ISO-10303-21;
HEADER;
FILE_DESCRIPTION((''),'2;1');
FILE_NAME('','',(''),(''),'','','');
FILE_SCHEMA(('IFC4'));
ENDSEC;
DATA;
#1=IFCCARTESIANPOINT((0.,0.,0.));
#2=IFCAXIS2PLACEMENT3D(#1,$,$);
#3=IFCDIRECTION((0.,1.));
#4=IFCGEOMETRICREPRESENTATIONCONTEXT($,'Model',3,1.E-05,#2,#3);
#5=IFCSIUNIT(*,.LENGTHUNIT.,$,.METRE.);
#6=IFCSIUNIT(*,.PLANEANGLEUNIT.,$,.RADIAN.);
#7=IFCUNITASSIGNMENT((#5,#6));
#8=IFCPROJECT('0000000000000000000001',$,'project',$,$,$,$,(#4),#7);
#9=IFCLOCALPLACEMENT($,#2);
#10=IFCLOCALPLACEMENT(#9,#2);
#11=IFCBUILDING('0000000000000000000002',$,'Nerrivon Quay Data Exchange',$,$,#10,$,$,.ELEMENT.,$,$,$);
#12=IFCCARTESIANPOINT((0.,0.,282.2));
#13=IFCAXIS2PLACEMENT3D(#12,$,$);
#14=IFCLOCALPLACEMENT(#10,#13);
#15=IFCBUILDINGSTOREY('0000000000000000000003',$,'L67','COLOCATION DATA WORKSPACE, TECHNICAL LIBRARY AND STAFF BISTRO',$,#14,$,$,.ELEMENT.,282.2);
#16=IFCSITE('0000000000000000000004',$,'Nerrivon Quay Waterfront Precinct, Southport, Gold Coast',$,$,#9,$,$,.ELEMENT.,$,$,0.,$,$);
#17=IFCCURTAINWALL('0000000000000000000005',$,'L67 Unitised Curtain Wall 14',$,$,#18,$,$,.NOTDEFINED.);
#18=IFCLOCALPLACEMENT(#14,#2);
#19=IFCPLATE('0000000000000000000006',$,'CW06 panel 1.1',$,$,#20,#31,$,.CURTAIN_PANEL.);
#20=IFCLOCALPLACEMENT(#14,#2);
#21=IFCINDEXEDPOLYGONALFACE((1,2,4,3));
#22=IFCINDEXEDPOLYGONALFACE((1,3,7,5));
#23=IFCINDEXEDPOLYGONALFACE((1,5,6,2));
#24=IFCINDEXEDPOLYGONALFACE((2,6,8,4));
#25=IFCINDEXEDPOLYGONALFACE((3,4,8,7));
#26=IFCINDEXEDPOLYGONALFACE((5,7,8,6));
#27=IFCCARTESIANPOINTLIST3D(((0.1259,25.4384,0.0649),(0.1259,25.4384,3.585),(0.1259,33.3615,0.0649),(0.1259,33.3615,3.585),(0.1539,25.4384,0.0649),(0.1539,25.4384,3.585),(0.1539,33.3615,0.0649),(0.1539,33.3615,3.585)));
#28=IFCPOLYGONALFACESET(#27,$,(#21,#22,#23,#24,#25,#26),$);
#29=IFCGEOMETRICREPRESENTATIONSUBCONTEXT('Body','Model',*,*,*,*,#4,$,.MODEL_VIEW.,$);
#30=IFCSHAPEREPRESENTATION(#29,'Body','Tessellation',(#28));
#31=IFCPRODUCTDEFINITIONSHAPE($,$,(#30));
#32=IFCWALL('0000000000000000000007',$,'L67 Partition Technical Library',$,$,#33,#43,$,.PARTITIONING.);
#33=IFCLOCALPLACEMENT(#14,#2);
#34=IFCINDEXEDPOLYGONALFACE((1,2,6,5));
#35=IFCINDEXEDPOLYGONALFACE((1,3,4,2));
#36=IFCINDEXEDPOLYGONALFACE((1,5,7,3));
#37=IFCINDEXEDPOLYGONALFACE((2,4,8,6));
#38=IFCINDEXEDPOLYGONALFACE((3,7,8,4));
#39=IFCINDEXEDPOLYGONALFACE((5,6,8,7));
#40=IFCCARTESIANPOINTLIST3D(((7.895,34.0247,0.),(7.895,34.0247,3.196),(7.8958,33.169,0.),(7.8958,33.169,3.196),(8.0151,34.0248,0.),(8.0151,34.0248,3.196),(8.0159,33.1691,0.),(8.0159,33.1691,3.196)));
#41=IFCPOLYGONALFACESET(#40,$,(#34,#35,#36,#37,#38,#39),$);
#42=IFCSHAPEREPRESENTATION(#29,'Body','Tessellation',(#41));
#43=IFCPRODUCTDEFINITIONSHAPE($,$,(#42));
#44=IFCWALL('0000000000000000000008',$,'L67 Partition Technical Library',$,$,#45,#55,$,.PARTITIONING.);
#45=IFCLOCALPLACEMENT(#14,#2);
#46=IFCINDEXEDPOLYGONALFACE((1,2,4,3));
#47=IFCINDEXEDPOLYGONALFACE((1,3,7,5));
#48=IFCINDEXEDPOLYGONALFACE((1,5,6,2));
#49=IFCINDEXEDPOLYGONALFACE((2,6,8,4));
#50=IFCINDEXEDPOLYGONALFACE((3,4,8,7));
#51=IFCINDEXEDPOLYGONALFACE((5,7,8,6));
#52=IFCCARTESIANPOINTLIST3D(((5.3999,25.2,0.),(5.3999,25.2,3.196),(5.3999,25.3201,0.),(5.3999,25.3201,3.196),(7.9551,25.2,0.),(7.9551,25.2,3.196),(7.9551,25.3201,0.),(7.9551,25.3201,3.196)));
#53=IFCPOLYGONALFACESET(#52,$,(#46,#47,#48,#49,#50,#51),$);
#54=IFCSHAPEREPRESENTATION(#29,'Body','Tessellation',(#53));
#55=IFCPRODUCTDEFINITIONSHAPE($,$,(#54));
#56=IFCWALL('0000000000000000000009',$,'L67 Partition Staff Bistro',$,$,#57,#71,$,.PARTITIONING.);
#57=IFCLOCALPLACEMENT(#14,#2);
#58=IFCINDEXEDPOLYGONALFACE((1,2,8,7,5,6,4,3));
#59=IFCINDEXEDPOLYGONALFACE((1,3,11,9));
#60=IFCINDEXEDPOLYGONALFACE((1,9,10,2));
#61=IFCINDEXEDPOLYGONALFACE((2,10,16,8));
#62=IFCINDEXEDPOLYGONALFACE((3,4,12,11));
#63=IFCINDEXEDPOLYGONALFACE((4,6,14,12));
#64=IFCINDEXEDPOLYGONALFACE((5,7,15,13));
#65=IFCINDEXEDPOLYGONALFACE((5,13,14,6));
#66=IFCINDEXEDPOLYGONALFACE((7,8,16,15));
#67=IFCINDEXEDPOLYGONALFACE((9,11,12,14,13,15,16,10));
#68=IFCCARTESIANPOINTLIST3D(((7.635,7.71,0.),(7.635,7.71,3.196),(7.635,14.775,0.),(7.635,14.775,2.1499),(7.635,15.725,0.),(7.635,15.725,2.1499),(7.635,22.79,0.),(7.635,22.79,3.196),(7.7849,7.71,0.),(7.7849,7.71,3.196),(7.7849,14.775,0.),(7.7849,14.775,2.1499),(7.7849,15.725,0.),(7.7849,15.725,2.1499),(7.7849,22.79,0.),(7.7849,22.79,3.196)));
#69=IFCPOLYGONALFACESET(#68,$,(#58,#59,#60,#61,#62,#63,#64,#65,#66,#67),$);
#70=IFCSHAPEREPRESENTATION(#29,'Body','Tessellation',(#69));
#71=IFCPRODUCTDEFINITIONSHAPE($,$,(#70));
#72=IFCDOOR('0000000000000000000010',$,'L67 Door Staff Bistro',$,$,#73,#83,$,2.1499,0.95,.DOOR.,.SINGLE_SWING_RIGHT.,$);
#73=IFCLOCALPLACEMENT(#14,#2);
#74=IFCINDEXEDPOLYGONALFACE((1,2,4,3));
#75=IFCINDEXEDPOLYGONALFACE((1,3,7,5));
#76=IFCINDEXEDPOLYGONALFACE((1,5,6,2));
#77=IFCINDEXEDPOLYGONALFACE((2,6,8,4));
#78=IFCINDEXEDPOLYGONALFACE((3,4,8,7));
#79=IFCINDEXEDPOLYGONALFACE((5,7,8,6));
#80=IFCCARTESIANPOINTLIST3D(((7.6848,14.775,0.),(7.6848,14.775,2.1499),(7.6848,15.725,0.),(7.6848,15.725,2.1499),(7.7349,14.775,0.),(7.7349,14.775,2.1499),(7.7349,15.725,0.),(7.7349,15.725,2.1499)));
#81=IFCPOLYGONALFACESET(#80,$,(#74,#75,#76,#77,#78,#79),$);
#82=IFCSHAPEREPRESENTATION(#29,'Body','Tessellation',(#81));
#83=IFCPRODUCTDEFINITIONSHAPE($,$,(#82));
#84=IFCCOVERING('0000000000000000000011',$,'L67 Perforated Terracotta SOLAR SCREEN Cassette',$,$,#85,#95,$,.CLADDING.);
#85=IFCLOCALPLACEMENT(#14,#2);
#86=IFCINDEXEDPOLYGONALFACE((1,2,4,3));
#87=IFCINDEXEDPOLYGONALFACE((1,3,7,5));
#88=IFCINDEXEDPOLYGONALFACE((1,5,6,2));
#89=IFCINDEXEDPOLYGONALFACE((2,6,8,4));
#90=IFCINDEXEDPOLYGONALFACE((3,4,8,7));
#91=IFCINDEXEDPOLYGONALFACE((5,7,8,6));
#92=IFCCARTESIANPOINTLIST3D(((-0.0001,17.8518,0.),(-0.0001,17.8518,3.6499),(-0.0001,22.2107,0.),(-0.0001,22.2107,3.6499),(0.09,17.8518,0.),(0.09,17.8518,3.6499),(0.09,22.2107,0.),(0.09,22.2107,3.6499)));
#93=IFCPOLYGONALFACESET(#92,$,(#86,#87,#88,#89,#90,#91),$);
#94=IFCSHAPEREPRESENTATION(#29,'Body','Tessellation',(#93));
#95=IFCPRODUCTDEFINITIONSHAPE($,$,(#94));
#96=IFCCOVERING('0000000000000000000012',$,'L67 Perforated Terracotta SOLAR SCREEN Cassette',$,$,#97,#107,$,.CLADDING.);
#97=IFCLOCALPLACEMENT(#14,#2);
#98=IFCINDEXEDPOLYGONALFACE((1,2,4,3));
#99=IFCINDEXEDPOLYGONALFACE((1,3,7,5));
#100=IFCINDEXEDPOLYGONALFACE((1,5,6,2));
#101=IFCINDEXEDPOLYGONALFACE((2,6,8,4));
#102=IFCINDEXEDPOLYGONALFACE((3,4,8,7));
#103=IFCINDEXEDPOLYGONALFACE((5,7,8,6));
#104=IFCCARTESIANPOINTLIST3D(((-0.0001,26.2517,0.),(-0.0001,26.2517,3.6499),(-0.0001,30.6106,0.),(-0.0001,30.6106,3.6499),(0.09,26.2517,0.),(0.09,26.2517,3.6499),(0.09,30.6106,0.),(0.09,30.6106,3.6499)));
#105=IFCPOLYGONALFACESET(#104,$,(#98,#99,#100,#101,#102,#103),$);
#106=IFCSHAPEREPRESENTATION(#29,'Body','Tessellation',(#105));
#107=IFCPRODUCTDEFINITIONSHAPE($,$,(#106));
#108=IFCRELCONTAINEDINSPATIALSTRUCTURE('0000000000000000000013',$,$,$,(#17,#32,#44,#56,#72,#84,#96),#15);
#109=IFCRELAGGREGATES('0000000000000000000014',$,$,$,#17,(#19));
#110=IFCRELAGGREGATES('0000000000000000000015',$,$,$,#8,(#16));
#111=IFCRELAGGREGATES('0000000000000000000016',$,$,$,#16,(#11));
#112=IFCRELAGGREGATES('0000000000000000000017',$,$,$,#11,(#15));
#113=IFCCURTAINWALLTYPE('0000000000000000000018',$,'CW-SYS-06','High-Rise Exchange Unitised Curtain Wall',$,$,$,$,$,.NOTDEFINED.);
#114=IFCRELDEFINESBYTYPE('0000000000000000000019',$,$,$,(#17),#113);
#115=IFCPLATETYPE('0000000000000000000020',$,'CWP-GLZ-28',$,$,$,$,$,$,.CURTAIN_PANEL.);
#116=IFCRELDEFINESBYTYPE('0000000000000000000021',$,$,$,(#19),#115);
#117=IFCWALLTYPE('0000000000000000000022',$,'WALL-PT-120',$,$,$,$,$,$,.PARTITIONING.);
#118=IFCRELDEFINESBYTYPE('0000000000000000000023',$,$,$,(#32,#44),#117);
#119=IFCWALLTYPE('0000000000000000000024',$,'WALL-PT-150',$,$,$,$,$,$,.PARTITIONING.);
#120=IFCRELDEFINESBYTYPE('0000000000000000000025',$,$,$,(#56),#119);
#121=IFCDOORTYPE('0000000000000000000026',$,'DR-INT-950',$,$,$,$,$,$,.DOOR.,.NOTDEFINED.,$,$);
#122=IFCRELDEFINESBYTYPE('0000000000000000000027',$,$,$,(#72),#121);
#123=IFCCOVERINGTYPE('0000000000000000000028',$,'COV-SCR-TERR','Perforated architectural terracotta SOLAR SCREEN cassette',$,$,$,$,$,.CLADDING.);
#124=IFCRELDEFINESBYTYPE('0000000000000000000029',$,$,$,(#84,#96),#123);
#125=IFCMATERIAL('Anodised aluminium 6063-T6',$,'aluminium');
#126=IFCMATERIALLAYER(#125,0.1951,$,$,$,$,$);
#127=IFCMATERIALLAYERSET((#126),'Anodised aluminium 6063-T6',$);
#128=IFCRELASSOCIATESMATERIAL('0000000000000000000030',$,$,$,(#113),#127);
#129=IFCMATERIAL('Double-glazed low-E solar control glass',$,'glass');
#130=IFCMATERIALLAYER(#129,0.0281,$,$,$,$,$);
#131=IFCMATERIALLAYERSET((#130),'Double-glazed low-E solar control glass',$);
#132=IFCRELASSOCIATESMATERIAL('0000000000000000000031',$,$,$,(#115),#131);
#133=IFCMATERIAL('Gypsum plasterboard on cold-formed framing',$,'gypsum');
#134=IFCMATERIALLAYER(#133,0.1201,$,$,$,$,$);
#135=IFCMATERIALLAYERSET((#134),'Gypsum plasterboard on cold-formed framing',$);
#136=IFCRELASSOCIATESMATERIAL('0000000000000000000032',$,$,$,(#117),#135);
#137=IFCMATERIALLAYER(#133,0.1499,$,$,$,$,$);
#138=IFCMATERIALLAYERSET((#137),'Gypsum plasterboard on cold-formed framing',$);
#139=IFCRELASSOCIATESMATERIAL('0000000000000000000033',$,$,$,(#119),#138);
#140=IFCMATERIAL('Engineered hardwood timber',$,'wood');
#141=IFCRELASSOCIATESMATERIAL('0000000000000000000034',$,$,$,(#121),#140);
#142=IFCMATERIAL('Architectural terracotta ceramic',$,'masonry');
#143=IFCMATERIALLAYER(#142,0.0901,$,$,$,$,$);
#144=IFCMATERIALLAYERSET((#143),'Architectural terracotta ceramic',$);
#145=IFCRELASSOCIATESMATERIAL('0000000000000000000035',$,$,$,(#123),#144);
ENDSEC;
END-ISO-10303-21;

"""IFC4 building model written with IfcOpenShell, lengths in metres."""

from ifc_helpers import new_model, si_unit, direction, frame, frame_2d, origin, origin_2d, place, context, subcontext, project, spatial, rectangle, extrude, material, layer, layer_set, type_object, element, fill, aggregate, save


model = new_model("IFC4")

# Units and contexts
model_context = context("Model", 3, precision=1e-05, world=origin(), true_north=direction((0.0, 1.0)))
body_context = subcontext(model_context, "Body", "Model", "MODEL_VIEW")
ifc_project = project(units=[si_unit("LENGTHUNIT", "METRE"), si_unit("PLANEANGLEUNIT", "RADIAN")], contexts=[model_context])

# Site, building, storey
site_placement = place(None, origin())
site = spatial("IfcSite", under=ifc_project, at=site_placement, Name="Nerrivon Quay Waterfront Precinct, Southport, Gold Coast", CompositionType="ELEMENT", RefElevation=0.0)
building_placement = place(site_placement, origin())
building = spatial("IfcBuilding", under=site, at=building_placement, Name="Nerrivon Quay Data Exchange", CompositionType="ELEMENT")
storey_placement = place(building_placement, frame((0.0, 0.0, 282.2)))
storey = spatial("IfcBuildingStorey", under=building, at=storey_placement, Name="L67", Description="COLOCATION DATA WORKSPACE, TECHNICAL LIBRARY AND STAFF BISTRO", CompositionType="ELEMENT", Elevation=282.2)

# Shared definitions
ifc_material_1 = material(Name="Anodised aluminium 6063-T6", Category="aluminium")
ifc_layer_1 = layer(ifc_material_1, 0.1951)
ifc_layer_set_1 = layer_set([ifc_layer_1], Name="Anodised aluminium 6063-T6")
curtain_wall_type = type_object("IfcCurtainWallType", Name="CW-SYS-06", Description="High-Rise Exchange Unitised Curtain Wall", PredefinedType="NOTDEFINED", material=ifc_layer_set_1)

# Curtain wall
curtain_wall_1_placement = place(storey_placement, origin())
curtain_wall_1 = element("IfcCurtainWall", 1, at=curtain_wall_1_placement, inside=storey, type_object=curtain_wall_type, Name="L67 Unitised Curtain Wall 14", PredefinedType="NOTDEFINED")

# Plate
ifc_material_2 = material(Name="Double-glazed low-E solar control glass", Category="glass")
ifc_layer_2 = layer(ifc_material_2, 0.0281)
ifc_layer_set_2 = layer_set([ifc_layer_2], Name="Double-glazed low-E solar control glass")
plate_type = type_object("IfcPlateType", Name="CWP-GLZ-28", PredefinedType="CURTAIN_PANEL", material=ifc_layer_set_2)
plate_1_placement = place(storey_placement, frame((0.1399, 29.3999, 0.0649), z_axis=(0.0, 0.0, 1.0), x_axis=(0.0, 1.0, 0.0)))
plate_1 = element("IfcPlate", 2, at=plate_1_placement, type_object=plate_type, Name="CW06 panel 1.1", PredefinedType="CURTAIN_PANEL", context=body_context, shape_type="SweptSolid", body=[
    extrude(rectangle(XDim=7.9231, YDim=0.0281, at=origin_2d()), origin(), (0.0, 0.0, 1.0), 3.52),
])
aggregate(curtain_wall_1, [plate_1])

# Walls
ifc_material_3 = material(Name="Gypsum plasterboard on cold-formed framing", Category="gypsum")
ifc_layer_3 = layer(ifc_material_3, 0.1201)
ifc_layer_set_3 = layer_set([ifc_layer_3], Name="Gypsum plasterboard on cold-formed framing")
wall_type_1 = type_object("IfcWallType", Name="WALL-PT-120", PredefinedType="PARTITIONING", material=ifc_layer_set_3)
wall_1_placement = place(storey_placement, frame((7.9558, 33.1692, 0.0), z_axis=(0.0, 0.0, 1.0), x_axis=(-0.000856, 1.0, 0.0)))
element("IfcWall", 3, at=wall_1_placement, inside=storey, type_object=wall_type_1, Name="L67 Partition Technical Library", PredefinedType="PARTITIONING", context=body_context, shape_type="SweptSolid", body=[
    extrude(rectangle(XDim=0.8557, YDim=0.1201, at=frame_2d((0.4277, 0.0))), origin(), (0.0, 0.0, 1.0), 3.196),
])
wall_2_placement = place(storey_placement, frame((5.3999, 25.26, 0.0), z_axis=(0.0, 0.0, 1.0), x_axis=(1.0, 0.0, 0.0)))
element("IfcWall", 4, at=wall_2_placement, inside=storey, type_object=wall_type_1, Name="L67 Partition Technical Library", PredefinedType="PARTITIONING", context=body_context, shape_type="SweptSolid", body=[
    extrude(rectangle(XDim=2.5552, YDim=0.1201, at=frame_2d((1.2776, 0.0))), origin(), (0.0, 0.0, 1.0), 3.196),
])

# Wall, opening, door
ifc_layer_4 = layer(ifc_material_3, 0.1499)
ifc_layer_set_4 = layer_set([ifc_layer_4], Name="Gypsum plasterboard on cold-formed framing")
wall_type_2 = type_object("IfcWallType", Name="WALL-PT-150", PredefinedType="PARTITIONING", material=ifc_layer_set_4)
wall_3_placement = place(storey_placement, frame((7.71, 22.79, 0.0), z_axis=(0.0, 0.0, 1.0), x_axis=(0.0, -1.0, 0.0)))
wall_3 = element("IfcWall", 5, at=wall_3_placement, inside=storey, type_object=wall_type_2, Name="L67 Partition Staff Bistro", PredefinedType="PARTITIONING", context=body_context, shape_type="SweptSolid", body=[
    extrude(rectangle(XDim=15.0801, YDim=0.1499, at=frame_2d((7.54, 0.0))), origin(), (0.0, 0.0, 1.0), 3.196),
])
opening_placement = place(wall_3_placement, frame((7.0649, 0.0, 0.0)))
opening = element("IfcOpeningElement", 6, at=opening_placement, cuts=wall_3, PredefinedType="OPENING", context=body_context, shape_type="SweptSolid", body=[
    extrude(rectangle(XDim=0.95, YDim=2.1499, at=frame_2d((0.4751, 1.075))), frame((0.0, 0.085, 0.0), z_axis=(0.0, -1.0, 0.0), x_axis=(1.0, 0.0, 0.0)), (0.0, 0.0, 1.0), 0.1699),
])
ifc_material_4 = material(Name="Engineered hardwood timber", Category="wood")
door_type = type_object("IfcDoorType", Name="DR-INT-950", OperationType="NOTDEFINED", PredefinedType="DOOR", material=ifc_material_4)
door_placement = place(opening_placement, origin())
door = element("IfcDoor", 7, at=door_placement, inside=storey, type_object=door_type, Name="L67 Door Staff Bistro", OperationType="SINGLE_SWING_RIGHT", OverallHeight=2.1499, OverallWidth=0.95, PredefinedType="DOOR", context=body_context, shape_type="SweptSolid", body=[
    extrude(rectangle(XDim=0.95, YDim=2.1499, at=frame_2d((0.4751, 1.075))), frame((0.0, 0.0249, 0.0), z_axis=(0.0, -1.0, 0.0), x_axis=(1.0, 0.0, 0.0)), (0.0, 0.0, 1.0), 0.05),
])
fill(opening, door)

# Coverings
ifc_material_5 = material(Name="Architectural terracotta ceramic", Category="masonry")
ifc_layer_5 = layer(ifc_material_5, 0.0901)
ifc_layer_set_5 = layer_set([ifc_layer_5], Name="Architectural terracotta ceramic")
covering_type = type_object("IfcCoveringType", Name="COV-SCR-TERR", Description="Perforated architectural terracotta SOLAR SCREEN cassette", PredefinedType="CLADDING", material=ifc_layer_set_5)
for number, where, z_axis, x_axis, name in (
    (8, (0.0449, 20.0312, 0.0), (0.0, 0.0, 1.0), (0.0, 1.0, 0.0), "L67 Perforated Terracotta SOLAR SCREEN Cassette"),
    (9, (0.0449, 28.4312, 0.0), (0.0, 0.0, 1.0), (0.0, 1.0, 0.0), "L67 Perforated Terracotta SOLAR SCREEN Cassette"),
):
    element("IfcCovering", number, at=place(storey_placement, frame(where, z_axis=z_axis, x_axis=x_axis)), inside=storey, type_object=covering_type, Name=name, PredefinedType="CLADDING", context=body_context, shape_type="SweptSolid", body=[
        extrude(rectangle(XDim=4.3589, YDim=0.0901, at=origin_2d()), origin(), (0.0, 0.0, 1.0), 3.6499),
    ])

save(model, "model.ifc")
